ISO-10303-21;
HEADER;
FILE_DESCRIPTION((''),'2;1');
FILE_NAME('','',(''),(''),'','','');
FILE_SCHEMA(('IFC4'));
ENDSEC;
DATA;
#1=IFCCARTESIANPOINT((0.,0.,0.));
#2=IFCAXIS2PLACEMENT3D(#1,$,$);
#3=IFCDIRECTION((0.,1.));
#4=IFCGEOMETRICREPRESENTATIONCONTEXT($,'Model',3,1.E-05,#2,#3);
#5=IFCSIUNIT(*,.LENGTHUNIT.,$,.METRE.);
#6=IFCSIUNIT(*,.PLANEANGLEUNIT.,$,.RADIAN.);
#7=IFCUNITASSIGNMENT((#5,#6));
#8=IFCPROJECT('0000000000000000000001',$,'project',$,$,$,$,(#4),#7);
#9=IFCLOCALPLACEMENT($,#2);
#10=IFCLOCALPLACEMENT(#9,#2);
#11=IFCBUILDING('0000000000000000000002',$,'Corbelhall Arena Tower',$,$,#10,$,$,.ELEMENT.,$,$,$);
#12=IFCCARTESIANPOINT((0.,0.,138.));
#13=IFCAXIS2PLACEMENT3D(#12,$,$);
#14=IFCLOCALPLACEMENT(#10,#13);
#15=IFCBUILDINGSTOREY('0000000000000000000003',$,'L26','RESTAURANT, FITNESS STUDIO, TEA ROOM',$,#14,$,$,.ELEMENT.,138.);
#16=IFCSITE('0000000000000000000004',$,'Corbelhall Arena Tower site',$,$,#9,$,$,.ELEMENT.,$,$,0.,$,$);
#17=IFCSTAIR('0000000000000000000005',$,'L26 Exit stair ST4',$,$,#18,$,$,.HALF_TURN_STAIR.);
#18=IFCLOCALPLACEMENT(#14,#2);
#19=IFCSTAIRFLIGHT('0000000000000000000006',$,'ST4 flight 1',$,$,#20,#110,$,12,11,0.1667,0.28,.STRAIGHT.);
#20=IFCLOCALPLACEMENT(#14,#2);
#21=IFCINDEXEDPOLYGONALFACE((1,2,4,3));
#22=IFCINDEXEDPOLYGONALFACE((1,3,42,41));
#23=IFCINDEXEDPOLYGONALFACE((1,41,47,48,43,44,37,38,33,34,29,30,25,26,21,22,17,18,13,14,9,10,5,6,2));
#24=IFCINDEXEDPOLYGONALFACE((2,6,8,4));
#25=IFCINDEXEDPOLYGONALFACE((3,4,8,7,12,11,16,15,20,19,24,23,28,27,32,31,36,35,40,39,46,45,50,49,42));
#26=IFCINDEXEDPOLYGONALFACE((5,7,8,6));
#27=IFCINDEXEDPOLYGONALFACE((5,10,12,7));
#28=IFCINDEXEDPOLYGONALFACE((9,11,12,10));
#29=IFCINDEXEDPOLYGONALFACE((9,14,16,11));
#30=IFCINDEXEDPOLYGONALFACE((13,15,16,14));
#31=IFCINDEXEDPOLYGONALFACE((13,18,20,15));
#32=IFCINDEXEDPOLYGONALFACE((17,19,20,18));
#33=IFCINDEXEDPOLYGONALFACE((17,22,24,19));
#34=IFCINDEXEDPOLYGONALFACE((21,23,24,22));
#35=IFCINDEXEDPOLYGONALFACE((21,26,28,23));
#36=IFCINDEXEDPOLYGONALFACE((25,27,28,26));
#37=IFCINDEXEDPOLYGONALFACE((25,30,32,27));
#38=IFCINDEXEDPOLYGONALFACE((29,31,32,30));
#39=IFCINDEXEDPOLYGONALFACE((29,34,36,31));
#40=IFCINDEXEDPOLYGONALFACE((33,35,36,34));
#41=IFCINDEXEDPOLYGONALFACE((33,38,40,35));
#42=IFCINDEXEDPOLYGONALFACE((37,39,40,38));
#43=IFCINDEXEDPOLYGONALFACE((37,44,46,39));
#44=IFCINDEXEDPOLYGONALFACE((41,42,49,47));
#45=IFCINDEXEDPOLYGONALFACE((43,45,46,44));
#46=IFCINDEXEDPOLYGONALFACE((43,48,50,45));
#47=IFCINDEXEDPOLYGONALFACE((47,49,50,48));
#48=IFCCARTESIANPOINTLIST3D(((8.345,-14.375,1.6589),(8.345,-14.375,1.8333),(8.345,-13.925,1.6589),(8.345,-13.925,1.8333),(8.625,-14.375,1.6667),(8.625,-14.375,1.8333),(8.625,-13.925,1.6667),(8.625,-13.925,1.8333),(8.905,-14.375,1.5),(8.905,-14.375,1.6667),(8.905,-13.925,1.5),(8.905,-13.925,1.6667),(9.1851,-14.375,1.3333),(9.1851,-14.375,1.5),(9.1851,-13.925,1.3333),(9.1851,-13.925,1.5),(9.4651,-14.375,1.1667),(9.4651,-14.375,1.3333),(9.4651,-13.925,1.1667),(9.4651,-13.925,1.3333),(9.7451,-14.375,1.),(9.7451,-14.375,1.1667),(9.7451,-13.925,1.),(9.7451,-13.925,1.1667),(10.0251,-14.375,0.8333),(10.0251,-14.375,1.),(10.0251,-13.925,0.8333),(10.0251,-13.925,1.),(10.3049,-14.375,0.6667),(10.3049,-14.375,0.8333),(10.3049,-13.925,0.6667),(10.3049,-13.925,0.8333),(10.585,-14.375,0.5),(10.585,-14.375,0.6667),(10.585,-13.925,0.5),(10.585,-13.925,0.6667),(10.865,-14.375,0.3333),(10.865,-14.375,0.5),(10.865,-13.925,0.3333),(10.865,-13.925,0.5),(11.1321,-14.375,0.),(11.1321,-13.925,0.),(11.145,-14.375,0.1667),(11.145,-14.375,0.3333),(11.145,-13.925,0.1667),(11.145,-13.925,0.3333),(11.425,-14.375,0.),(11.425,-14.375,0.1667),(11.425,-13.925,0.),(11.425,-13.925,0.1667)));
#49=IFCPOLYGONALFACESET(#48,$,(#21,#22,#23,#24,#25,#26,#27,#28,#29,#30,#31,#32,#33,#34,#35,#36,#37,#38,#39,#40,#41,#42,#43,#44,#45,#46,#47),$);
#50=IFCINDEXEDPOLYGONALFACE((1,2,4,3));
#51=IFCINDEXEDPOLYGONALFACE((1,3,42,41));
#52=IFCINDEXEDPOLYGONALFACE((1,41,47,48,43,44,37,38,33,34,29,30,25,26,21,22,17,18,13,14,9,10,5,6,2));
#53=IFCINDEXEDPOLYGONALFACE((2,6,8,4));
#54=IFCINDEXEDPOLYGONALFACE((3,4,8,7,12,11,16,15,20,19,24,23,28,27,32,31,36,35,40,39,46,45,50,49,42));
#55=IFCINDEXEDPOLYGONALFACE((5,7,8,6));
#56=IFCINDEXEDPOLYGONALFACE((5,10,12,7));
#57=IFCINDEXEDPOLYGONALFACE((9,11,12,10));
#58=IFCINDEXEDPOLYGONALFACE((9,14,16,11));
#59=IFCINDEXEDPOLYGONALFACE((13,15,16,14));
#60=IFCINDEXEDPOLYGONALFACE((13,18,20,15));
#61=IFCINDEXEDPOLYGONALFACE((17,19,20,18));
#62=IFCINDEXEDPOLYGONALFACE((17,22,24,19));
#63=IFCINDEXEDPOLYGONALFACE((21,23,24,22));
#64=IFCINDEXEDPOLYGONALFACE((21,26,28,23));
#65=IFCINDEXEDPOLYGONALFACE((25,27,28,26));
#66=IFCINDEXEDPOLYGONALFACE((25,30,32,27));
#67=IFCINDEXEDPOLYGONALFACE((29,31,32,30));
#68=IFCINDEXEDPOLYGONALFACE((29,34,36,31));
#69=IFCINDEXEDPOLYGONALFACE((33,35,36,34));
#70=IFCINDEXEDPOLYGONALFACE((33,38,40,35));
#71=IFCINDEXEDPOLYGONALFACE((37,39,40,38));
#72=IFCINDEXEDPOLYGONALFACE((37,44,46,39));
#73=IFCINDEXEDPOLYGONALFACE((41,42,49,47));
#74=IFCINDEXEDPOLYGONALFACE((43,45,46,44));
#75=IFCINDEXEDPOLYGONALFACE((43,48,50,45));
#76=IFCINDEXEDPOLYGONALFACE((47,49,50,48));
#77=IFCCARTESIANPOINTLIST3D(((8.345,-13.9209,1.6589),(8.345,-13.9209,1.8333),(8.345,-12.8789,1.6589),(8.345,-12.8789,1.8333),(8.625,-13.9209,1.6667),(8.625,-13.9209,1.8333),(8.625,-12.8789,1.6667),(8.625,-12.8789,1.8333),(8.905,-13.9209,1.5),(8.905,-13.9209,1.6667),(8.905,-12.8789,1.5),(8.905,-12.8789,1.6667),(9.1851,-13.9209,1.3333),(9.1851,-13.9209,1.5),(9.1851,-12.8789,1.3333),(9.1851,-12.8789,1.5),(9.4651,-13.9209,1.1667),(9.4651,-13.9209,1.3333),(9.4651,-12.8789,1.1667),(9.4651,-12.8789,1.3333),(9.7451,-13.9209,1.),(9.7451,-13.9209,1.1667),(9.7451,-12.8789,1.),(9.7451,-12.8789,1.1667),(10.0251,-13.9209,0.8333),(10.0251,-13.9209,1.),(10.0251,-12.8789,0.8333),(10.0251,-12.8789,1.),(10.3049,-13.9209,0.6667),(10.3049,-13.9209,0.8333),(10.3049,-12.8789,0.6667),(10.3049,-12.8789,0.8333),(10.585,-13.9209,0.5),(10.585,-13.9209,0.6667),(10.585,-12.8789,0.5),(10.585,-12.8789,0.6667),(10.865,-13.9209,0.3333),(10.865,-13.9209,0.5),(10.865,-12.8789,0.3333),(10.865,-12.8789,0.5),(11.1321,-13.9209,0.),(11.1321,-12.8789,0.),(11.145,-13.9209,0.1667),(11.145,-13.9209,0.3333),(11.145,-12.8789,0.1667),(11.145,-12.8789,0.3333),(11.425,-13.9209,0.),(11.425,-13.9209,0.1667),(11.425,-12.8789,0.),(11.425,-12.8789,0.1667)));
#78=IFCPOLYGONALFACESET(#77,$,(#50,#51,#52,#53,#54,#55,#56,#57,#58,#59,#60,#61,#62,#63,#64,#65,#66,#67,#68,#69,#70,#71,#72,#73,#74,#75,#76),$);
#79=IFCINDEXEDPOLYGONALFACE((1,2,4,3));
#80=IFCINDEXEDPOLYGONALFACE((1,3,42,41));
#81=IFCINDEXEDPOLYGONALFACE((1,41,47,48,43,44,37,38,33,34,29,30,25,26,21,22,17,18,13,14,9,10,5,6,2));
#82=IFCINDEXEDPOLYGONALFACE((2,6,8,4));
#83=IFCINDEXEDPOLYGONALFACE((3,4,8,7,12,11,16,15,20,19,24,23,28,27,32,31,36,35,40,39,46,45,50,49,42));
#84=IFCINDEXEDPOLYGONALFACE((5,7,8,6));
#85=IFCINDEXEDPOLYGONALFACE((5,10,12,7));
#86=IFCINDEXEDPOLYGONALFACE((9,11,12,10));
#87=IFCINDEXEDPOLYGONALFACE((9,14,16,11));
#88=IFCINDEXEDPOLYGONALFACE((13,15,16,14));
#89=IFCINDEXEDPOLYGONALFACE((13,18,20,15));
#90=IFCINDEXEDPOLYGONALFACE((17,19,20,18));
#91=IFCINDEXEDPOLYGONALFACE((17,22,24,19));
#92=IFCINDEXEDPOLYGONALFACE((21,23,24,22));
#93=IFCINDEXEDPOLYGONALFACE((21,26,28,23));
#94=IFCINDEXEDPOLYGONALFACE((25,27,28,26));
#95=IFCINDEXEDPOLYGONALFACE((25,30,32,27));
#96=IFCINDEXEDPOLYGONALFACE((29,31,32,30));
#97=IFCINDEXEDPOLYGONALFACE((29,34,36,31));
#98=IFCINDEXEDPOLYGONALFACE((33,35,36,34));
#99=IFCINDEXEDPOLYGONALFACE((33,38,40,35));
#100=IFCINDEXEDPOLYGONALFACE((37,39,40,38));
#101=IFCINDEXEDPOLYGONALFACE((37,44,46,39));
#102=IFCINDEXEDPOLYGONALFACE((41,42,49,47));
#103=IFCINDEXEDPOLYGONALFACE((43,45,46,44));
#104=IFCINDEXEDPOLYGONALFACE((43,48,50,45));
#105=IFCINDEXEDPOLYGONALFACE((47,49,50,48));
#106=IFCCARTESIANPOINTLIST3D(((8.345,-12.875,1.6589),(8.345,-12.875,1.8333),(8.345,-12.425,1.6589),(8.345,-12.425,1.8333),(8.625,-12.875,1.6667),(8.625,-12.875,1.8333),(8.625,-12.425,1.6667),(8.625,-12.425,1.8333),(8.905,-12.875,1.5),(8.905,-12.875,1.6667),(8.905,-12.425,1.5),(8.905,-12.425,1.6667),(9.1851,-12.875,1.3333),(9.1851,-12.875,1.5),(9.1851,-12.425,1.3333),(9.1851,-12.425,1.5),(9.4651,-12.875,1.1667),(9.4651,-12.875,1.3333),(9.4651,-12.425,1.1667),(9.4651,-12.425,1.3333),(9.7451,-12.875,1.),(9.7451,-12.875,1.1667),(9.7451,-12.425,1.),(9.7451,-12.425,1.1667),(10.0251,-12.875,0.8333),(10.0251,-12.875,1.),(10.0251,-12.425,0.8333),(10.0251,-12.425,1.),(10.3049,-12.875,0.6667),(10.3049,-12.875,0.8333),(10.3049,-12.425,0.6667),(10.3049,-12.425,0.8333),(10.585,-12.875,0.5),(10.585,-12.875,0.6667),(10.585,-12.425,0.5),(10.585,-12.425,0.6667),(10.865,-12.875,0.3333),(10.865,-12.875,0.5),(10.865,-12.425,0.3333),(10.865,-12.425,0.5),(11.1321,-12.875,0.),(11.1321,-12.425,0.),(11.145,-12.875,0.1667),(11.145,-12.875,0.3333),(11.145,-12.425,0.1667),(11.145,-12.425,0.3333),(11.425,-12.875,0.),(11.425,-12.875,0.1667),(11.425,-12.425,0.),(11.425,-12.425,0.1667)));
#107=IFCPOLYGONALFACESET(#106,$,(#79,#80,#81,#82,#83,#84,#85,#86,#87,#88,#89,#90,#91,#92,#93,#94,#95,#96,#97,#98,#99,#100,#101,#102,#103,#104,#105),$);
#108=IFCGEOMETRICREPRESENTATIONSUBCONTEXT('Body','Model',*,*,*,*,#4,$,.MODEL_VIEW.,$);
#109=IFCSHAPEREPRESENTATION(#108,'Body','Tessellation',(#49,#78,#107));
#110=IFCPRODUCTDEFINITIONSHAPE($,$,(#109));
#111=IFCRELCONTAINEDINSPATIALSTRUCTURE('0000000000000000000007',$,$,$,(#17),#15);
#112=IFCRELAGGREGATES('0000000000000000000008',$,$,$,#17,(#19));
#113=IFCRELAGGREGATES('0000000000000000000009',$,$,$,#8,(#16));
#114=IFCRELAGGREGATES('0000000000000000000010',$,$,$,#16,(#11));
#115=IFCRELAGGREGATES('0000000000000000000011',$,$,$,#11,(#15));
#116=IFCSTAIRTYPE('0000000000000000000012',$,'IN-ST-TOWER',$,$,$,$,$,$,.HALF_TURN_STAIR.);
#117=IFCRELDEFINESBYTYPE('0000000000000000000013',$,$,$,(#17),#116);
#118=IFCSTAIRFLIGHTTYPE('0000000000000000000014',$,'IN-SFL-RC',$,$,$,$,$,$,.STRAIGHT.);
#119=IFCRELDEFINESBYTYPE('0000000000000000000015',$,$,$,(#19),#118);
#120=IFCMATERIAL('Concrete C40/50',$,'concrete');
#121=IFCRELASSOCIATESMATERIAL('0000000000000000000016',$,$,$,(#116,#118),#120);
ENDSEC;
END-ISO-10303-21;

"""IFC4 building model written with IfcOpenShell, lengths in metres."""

from ifc_helpers import new_model, si_unit, direction, frame, origin, place, context, subcontext, project, spatial, polyline, outline, extrude, material, type_object, element, aggregate, save


model = new_model("IFC4")

# Units and contexts
model_context = context("Model", 3, precision=1e-05, world=origin(), true_north=direction((0.0, 1.0)))
body_context = subcontext(model_context, "Body", "Model", "MODEL_VIEW")
ifc_project = project(units=[si_unit("LENGTHUNIT", "METRE"), si_unit("PLANEANGLEUNIT", "RADIAN")], contexts=[model_context])

# Site, building, storey
site_placement = place(None, origin())
site = spatial("IfcSite", under=ifc_project, at=site_placement, Name="Corbelhall Arena Tower site", CompositionType="ELEMENT", RefElevation=0.0)
building_placement = place(site_placement, origin())
building = spatial("IfcBuilding", under=site, at=building_placement, Name="Corbelhall Arena Tower", CompositionType="ELEMENT")
storey_placement = place(building_placement, frame((0.0, 0.0, 138.0)))
storey = spatial("IfcBuildingStorey", under=building, at=storey_placement, Name="L26", Description="RESTAURANT, FITNESS STUDIO, TEA ROOM", CompositionType="ELEMENT", Elevation=138.0)

# Shared definitions
ifc_material_1 = material(Name="Concrete C40/50", Category="concrete")

# Stair, stair flight
stair_type = type_object("IfcStairType", Name="IN-ST-TOWER", PredefinedType="HALF_TURN_STAIR", material=ifc_material_1)
stair_placement = place(storey_placement, origin())
stair = element("IfcStair", 1, at=stair_placement, inside=storey, type_object=stair_type, Name="L26 Exit stair ST4", PredefinedType="HALF_TURN_STAIR")
stair_flight_type = type_object("IfcStairFlightType", Name="IN-SFL-RC", PredefinedType="STRAIGHT", material=ifc_material_1)
stair_flight_placement = place(storey_placement, frame((11.425, -13.3999, 0.0), z_axis=(0.0, 0.0, 1.0), x_axis=(-1.0, 0.0, 0.0)))
stair_flight = element("IfcStairFlight", 2, at=stair_flight_placement, type_object=stair_flight_type, Name="ST4 flight 1", NumberOfRisers=12, NumberOfTreads=11, PredefinedType="STRAIGHT", RiserHeight=0.1667, TreadLength=0.28, context=body_context, shape_type="SweptSolid", body=[
    extrude(outline(polyline([(0.0, 0.0), (0.0, 0.1667), (0.28, 0.1667), (0.28, 0.3333), (0.5601, 0.3333), (0.5601, 0.5), (0.8401, 0.5), (0.8401, 0.6667), (1.1201, 0.6667), (1.1201, 0.8333), (1.3999, 0.8333), (1.3999, 1.0), (1.6799, 1.0), (1.6799, 1.1667), (1.96, 1.1667), (1.96, 1.3333), (2.24, 1.3333), (2.24, 1.5), (2.52, 1.5), (2.52, 1.6667), (2.8, 1.6667), (2.8, 1.8333), (3.0801, 1.8333), (3.0801, 2.0), (3.0801, 1.6589), (0.293, 0.0), (0.0, 0.0)])), frame((0.0, 0.9751, 0.0), z_axis=(0.0, -1.0, 0.0), x_axis=(1.0, 0.0, 0.0)), (0.0, 0.0, 1.0), 0.45),
    extrude(outline(polyline([(0.0, 0.0), (0.0, 0.1667), (0.28, 0.1667), (0.28, 0.3333), (0.5601, 0.3333), (0.5601, 0.5), (0.8401, 0.5), (0.8401, 0.6667), (1.1201, 0.6667), (1.1201, 0.8333), (1.3999, 0.8333), (1.3999, 1.0), (1.6799, 1.0), (1.6799, 1.1667), (1.96, 1.1667), (1.96, 1.3333), (2.24, 1.3333), (2.24, 1.5), (2.52, 1.5), (2.52, 1.6667), (2.8, 1.6667), (2.8, 1.8333), (3.0801, 1.8333), (3.0801, 2.0), (3.0801, 1.6589), (0.293, 0.0), (0.0, 0.0)])), frame((0.0, 0.521, 0.0), z_axis=(0.0, -1.0, 0.0), x_axis=(1.0, 0.0, 0.0)), (0.0, 0.0, 1.0), 1.042),
    extrude(outline(polyline([(0.0, 0.0), (0.0, 0.1667), (0.28, 0.1667), (0.28, 0.3333), (0.5601, 0.3333), (0.5601, 0.5), (0.8401, 0.5), (0.8401, 0.6667), (1.1201, 0.6667), (1.1201, 0.8333), (1.3999, 0.8333), (1.3999, 1.0), (1.6799, 1.0), (1.6799, 1.1667), (1.96, 1.1667), (1.96, 1.3333), (2.24, 1.3333), (2.24, 1.5), (2.52, 1.5), (2.52, 1.6667), (2.8, 1.6667), (2.8, 1.8333), (3.0801, 1.8333), (3.0801, 2.0), (3.0801, 1.6589), (0.293, 0.0), (0.0, 0.0)])), frame((0.0, -0.5249, 0.0), z_axis=(0.0, -1.0, 0.0), x_axis=(1.0, 0.0, 0.0)), (0.0, 0.0, 1.0), 0.45),
])
aggregate(stair, [stair_flight])

save(model, "model.ifc")
